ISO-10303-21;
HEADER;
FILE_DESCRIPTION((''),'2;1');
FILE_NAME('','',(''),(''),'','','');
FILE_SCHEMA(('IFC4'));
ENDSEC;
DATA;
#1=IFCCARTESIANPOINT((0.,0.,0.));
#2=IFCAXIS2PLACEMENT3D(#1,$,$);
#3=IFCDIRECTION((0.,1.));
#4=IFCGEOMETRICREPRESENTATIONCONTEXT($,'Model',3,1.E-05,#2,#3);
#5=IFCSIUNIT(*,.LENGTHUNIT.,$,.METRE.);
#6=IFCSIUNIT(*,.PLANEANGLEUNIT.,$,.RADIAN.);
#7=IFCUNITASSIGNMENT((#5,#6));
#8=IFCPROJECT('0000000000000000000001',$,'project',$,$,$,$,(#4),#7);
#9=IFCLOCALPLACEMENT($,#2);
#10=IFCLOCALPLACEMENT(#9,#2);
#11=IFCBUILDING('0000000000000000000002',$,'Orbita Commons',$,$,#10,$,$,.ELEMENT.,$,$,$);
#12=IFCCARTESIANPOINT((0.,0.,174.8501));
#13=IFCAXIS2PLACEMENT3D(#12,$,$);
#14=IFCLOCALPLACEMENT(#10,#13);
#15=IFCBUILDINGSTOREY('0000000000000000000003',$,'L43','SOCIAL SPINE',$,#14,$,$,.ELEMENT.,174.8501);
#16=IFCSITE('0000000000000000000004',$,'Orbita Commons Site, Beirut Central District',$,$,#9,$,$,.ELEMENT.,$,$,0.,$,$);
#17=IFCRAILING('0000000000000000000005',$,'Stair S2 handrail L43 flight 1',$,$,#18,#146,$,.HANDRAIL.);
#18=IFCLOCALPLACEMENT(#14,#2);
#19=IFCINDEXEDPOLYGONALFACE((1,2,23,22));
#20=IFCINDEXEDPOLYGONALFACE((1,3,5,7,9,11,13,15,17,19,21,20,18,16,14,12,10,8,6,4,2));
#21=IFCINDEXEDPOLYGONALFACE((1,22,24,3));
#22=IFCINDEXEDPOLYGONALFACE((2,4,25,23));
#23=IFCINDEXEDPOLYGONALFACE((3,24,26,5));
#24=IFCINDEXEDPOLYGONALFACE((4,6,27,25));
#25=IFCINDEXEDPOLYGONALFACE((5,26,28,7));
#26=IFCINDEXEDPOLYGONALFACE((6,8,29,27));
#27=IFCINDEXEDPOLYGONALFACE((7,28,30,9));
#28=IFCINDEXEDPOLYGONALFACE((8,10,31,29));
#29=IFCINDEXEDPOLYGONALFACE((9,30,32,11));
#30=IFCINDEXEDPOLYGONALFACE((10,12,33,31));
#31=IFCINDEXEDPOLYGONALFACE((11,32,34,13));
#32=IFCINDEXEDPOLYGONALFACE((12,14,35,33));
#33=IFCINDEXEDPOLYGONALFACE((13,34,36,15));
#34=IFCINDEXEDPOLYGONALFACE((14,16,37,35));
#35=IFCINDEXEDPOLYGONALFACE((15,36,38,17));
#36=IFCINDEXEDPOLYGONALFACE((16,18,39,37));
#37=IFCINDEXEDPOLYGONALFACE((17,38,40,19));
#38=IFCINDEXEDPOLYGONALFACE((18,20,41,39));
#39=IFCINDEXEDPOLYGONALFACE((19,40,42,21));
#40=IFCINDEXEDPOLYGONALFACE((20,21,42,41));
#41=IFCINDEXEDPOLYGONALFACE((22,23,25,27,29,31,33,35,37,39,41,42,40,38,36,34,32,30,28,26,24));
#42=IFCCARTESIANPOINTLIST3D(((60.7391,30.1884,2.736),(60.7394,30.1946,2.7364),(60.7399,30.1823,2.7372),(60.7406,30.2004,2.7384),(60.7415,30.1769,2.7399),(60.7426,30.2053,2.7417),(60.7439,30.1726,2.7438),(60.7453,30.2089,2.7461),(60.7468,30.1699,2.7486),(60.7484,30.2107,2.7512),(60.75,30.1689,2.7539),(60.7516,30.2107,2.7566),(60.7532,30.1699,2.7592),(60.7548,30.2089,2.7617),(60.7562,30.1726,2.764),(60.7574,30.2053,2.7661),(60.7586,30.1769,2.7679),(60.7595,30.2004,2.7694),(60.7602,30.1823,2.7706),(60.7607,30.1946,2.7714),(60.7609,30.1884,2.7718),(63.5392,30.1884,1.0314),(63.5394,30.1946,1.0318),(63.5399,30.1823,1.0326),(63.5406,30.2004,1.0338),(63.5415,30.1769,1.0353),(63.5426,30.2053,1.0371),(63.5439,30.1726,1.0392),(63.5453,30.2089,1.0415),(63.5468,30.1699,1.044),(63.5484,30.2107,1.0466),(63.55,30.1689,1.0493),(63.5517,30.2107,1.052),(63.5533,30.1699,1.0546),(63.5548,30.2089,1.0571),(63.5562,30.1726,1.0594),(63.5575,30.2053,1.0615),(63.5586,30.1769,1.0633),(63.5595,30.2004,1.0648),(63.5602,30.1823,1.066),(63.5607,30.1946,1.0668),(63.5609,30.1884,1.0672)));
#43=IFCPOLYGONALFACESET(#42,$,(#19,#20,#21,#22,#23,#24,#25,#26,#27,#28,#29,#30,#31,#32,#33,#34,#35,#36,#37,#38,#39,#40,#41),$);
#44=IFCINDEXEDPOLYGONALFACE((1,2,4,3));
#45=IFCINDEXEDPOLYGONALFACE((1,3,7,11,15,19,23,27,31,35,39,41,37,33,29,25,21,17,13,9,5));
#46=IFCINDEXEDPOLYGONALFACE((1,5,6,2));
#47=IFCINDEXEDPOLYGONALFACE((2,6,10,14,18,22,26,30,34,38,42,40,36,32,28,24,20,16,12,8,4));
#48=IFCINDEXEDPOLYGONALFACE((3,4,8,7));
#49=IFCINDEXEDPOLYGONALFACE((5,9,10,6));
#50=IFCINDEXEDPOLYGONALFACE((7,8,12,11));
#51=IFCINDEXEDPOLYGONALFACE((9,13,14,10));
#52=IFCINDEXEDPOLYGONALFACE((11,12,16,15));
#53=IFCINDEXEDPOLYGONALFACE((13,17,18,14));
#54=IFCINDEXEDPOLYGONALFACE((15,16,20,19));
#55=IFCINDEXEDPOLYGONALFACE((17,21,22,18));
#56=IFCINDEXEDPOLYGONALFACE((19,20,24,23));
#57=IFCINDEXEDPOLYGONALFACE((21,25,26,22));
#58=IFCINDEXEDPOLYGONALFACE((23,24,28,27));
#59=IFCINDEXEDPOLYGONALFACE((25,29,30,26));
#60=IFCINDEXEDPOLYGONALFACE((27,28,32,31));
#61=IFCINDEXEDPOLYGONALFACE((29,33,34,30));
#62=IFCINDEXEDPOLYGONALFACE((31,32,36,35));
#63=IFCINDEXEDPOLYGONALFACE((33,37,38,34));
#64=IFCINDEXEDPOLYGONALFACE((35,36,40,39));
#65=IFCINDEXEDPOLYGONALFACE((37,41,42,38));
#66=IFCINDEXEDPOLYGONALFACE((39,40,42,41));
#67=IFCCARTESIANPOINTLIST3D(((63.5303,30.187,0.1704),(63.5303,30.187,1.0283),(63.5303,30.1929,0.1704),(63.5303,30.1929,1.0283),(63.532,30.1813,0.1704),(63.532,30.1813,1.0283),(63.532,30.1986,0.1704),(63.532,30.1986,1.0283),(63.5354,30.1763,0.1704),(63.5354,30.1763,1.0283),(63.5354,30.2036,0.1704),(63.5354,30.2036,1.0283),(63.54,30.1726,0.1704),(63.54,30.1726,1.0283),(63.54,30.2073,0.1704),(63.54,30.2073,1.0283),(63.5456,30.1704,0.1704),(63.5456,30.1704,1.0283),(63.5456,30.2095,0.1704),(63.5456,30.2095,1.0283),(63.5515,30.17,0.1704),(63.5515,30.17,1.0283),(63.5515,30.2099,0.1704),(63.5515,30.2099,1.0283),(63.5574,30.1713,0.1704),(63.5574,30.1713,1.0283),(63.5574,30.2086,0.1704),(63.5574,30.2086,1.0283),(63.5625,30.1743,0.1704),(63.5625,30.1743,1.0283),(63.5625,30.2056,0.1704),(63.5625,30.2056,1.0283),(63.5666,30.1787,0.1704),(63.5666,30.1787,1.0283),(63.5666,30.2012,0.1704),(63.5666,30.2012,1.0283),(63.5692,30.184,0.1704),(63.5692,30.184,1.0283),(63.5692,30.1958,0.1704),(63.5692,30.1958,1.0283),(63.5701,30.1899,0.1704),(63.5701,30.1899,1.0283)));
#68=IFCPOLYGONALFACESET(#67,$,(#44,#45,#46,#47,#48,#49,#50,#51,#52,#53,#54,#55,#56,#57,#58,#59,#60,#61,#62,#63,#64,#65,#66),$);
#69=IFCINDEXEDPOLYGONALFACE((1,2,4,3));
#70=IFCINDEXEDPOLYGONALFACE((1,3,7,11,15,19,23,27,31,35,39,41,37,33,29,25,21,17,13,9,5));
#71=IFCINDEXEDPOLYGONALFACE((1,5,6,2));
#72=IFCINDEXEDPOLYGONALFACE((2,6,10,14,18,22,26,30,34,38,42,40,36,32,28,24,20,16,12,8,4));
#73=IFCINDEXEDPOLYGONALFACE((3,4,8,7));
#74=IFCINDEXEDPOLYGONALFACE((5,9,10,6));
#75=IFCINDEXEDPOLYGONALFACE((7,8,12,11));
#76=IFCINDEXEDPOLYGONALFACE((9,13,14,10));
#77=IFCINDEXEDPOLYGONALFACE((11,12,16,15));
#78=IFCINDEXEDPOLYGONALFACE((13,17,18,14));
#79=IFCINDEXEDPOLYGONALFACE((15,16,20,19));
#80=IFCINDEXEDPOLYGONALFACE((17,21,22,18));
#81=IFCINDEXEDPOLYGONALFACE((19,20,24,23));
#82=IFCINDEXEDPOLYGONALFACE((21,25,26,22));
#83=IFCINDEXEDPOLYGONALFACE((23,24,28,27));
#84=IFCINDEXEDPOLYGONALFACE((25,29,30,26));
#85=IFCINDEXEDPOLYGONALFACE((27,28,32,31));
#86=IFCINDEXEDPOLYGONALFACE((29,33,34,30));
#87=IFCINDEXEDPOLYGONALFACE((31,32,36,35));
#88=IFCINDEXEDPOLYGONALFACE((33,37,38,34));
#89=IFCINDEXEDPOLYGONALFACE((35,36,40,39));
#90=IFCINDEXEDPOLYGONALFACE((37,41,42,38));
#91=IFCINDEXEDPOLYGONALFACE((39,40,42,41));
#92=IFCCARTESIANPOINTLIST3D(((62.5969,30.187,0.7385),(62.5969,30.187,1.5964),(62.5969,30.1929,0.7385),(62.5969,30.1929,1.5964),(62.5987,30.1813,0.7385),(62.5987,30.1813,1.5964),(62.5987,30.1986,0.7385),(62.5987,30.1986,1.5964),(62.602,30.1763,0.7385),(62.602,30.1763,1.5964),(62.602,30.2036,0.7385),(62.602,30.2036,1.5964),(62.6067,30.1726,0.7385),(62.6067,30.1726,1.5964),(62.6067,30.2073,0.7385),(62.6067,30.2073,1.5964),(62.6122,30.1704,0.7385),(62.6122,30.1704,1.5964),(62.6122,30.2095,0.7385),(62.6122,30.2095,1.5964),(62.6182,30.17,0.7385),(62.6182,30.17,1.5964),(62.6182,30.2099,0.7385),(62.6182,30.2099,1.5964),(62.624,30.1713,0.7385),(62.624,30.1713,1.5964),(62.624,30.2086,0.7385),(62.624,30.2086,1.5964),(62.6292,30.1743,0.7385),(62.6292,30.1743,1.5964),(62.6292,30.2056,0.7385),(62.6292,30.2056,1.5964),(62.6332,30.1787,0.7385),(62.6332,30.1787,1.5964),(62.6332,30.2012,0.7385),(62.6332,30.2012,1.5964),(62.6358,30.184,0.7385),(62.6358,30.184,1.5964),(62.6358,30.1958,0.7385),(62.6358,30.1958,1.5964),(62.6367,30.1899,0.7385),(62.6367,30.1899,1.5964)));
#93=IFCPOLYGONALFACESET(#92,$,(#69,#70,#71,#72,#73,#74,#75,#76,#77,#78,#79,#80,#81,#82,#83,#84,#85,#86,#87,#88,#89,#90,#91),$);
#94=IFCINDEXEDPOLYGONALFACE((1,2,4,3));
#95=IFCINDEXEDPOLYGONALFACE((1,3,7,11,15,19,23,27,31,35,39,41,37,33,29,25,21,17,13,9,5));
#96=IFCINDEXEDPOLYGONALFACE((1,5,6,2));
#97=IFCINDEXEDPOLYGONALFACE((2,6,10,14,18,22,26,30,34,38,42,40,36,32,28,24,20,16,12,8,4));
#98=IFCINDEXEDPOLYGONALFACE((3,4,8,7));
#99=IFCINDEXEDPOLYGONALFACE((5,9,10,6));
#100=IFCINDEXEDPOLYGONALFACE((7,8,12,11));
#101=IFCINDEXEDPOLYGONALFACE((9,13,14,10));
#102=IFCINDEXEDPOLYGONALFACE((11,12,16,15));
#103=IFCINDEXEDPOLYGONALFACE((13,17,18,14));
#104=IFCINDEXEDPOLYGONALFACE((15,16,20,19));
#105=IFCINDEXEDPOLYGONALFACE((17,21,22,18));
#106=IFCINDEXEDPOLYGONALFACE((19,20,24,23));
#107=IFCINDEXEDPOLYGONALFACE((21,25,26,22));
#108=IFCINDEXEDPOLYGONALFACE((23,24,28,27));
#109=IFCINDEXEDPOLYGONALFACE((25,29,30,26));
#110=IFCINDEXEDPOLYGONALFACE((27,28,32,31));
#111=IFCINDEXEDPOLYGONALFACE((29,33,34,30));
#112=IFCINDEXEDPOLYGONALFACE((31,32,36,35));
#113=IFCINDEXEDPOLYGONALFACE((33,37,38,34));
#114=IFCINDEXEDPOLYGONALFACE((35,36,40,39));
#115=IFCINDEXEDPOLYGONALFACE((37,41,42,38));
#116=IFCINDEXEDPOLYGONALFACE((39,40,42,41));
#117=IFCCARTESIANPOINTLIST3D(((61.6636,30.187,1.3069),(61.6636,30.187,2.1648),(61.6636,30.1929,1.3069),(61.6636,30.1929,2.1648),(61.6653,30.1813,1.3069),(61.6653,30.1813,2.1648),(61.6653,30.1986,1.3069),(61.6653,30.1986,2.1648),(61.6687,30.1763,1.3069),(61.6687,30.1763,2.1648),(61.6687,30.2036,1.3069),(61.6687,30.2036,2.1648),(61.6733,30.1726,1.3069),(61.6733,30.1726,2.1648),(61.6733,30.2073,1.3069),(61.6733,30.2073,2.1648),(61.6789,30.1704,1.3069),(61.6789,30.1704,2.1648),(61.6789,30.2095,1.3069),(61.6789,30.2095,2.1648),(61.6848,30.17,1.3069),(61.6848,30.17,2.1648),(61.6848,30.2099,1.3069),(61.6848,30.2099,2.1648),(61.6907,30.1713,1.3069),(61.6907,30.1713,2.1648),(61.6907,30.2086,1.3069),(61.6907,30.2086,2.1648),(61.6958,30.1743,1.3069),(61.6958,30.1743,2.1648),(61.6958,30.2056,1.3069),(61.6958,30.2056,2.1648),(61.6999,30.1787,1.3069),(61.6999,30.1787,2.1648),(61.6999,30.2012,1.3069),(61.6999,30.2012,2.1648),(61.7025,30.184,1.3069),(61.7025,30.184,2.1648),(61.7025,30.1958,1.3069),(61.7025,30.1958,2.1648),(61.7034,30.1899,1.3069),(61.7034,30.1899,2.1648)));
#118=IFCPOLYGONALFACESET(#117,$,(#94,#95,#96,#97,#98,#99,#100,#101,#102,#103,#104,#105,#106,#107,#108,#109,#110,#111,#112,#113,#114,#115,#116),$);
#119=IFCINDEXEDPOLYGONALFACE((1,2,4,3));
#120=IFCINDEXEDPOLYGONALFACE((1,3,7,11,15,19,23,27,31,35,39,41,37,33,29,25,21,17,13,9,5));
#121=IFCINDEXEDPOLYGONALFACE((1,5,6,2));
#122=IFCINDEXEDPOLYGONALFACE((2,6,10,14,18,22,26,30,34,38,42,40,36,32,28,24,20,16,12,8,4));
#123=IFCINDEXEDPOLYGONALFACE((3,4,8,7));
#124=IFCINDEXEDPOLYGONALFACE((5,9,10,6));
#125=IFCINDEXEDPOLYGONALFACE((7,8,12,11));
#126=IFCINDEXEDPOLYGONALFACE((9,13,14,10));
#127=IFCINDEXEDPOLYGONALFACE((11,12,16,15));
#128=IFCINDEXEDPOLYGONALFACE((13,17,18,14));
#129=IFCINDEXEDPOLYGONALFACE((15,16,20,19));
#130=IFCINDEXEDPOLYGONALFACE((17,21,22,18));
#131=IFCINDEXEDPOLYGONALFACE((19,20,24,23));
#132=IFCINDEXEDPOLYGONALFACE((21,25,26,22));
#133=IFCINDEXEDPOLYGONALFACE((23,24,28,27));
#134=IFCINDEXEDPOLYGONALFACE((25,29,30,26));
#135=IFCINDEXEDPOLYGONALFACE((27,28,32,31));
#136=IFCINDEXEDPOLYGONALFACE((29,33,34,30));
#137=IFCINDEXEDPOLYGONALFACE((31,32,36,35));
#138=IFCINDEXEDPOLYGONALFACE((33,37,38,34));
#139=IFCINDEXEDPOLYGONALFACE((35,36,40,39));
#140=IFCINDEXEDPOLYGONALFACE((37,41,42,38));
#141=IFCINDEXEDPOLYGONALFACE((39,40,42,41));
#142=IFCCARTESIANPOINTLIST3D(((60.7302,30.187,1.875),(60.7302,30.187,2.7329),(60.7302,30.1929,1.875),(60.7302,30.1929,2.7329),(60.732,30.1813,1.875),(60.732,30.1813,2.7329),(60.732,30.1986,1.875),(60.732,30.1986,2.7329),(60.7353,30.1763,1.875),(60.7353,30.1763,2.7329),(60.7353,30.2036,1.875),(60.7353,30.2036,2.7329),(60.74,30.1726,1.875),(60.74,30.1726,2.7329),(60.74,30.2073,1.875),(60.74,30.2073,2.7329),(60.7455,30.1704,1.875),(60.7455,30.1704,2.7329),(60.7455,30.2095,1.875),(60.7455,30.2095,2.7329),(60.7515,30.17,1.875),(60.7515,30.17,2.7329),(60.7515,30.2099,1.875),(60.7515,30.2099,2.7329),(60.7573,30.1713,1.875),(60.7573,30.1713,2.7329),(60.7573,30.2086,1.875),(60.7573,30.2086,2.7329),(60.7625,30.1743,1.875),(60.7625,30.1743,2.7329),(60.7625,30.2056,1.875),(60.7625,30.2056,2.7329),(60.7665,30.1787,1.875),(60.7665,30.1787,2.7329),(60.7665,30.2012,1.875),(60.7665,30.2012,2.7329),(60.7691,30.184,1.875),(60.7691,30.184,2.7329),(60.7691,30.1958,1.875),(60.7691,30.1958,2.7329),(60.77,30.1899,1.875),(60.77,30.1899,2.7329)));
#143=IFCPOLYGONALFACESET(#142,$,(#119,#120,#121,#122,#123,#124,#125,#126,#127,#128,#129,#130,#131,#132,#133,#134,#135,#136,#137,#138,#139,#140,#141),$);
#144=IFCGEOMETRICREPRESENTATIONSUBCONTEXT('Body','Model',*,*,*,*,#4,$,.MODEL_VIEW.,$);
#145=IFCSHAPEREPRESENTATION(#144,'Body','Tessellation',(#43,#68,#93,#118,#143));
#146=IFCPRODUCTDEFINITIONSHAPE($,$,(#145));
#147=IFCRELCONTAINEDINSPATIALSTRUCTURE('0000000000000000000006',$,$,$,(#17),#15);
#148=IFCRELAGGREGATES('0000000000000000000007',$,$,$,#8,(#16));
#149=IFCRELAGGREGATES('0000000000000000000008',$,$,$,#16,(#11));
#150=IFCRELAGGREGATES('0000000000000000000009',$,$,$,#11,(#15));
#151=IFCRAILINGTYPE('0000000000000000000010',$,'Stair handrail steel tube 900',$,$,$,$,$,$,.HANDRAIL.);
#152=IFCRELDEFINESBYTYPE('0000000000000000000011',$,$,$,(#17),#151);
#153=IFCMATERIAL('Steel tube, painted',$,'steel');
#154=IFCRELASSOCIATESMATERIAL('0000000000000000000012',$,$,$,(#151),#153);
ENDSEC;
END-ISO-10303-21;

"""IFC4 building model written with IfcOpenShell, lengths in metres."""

from ifc_helpers import new_model, si_unit, direction, frame, origin, origin_2d, place, context, subcontext, project, spatial, circle, extrude, material, type_object, element, save


model = new_model("IFC4")

# Units and contexts
model_context = context("Model", 3, precision=1e-05, world=origin(), true_north=direction((0.0, 1.0)))
body_context = subcontext(model_context, "Body", "Model", "MODEL_VIEW")
ifc_project = project(units=[si_unit("LENGTHUNIT", "METRE"), si_unit("PLANEANGLEUNIT", "RADIAN")], contexts=[model_context])

# Site, building, storey
site_placement = place(None, origin())
site = spatial("IfcSite", under=ifc_project, at=site_placement, Name="Orbita Commons Site, Beirut Central District", CompositionType="ELEMENT", RefElevation=0.0)
building_placement = place(site_placement, origin())
building = spatial("IfcBuilding", under=site, at=building_placement, Name="Orbita Commons", CompositionType="ELEMENT")
storey_placement = place(building_placement, frame((0.0, 0.0, 174.8501)))
storey = spatial("IfcBuildingStorey", under=building, at=storey_placement, Name="L43", Description="SOCIAL SPINE", CompositionType="ELEMENT", Elevation=174.8501)

# Railing
ifc_material_1 = material(Name="Steel tube, painted", Category="steel")
railing_type = type_object("IfcRailingType", Name="Stair handrail steel tube 900", PredefinedType="HANDRAIL", material=ifc_material_1)
for number, where, name in (
    (1, (63.55, 30.1899, 0.1704), "Stair S2 handrail L43 flight 1"),
):
    element("IfcRailing", number, at=place(storey_placement, frame(where)), inside=storey, type_object=railing_type, Name=name, PredefinedType="HANDRAIL", context=body_context, shape_type="SweptSolid", body=[
        extrude(circle(Radius=0.021, at=origin_2d()), frame((0.0, 0.0, 0.8789), z_axis=(-0.85417, 0.0, 0.519994), x_axis=(0.0, -1.0, 0.0)), (0.0, 0.0, 1.0), 3.2781),
        extrude(circle(Radius=0.02, at=origin_2d()), origin(), (0.0, 0.0, 1.0), 0.8579),
        extrude(circle(Radius=0.02, at=origin_2d()), frame((-0.9333, 0.0, 0.5681)), (0.0, 0.0, 1.0), 0.8579),
        extrude(circle(Radius=0.02, at=origin_2d()), frame((-1.8667, 0.0, 1.1365)), (0.0, 0.0, 1.0), 0.8579),
        extrude(circle(Radius=0.02, at=origin_2d()), frame((-2.8, 0.0, 1.7046)), (0.0, 0.0, 1.0), 0.8579),
    ])

save(model, "model.ifc")
